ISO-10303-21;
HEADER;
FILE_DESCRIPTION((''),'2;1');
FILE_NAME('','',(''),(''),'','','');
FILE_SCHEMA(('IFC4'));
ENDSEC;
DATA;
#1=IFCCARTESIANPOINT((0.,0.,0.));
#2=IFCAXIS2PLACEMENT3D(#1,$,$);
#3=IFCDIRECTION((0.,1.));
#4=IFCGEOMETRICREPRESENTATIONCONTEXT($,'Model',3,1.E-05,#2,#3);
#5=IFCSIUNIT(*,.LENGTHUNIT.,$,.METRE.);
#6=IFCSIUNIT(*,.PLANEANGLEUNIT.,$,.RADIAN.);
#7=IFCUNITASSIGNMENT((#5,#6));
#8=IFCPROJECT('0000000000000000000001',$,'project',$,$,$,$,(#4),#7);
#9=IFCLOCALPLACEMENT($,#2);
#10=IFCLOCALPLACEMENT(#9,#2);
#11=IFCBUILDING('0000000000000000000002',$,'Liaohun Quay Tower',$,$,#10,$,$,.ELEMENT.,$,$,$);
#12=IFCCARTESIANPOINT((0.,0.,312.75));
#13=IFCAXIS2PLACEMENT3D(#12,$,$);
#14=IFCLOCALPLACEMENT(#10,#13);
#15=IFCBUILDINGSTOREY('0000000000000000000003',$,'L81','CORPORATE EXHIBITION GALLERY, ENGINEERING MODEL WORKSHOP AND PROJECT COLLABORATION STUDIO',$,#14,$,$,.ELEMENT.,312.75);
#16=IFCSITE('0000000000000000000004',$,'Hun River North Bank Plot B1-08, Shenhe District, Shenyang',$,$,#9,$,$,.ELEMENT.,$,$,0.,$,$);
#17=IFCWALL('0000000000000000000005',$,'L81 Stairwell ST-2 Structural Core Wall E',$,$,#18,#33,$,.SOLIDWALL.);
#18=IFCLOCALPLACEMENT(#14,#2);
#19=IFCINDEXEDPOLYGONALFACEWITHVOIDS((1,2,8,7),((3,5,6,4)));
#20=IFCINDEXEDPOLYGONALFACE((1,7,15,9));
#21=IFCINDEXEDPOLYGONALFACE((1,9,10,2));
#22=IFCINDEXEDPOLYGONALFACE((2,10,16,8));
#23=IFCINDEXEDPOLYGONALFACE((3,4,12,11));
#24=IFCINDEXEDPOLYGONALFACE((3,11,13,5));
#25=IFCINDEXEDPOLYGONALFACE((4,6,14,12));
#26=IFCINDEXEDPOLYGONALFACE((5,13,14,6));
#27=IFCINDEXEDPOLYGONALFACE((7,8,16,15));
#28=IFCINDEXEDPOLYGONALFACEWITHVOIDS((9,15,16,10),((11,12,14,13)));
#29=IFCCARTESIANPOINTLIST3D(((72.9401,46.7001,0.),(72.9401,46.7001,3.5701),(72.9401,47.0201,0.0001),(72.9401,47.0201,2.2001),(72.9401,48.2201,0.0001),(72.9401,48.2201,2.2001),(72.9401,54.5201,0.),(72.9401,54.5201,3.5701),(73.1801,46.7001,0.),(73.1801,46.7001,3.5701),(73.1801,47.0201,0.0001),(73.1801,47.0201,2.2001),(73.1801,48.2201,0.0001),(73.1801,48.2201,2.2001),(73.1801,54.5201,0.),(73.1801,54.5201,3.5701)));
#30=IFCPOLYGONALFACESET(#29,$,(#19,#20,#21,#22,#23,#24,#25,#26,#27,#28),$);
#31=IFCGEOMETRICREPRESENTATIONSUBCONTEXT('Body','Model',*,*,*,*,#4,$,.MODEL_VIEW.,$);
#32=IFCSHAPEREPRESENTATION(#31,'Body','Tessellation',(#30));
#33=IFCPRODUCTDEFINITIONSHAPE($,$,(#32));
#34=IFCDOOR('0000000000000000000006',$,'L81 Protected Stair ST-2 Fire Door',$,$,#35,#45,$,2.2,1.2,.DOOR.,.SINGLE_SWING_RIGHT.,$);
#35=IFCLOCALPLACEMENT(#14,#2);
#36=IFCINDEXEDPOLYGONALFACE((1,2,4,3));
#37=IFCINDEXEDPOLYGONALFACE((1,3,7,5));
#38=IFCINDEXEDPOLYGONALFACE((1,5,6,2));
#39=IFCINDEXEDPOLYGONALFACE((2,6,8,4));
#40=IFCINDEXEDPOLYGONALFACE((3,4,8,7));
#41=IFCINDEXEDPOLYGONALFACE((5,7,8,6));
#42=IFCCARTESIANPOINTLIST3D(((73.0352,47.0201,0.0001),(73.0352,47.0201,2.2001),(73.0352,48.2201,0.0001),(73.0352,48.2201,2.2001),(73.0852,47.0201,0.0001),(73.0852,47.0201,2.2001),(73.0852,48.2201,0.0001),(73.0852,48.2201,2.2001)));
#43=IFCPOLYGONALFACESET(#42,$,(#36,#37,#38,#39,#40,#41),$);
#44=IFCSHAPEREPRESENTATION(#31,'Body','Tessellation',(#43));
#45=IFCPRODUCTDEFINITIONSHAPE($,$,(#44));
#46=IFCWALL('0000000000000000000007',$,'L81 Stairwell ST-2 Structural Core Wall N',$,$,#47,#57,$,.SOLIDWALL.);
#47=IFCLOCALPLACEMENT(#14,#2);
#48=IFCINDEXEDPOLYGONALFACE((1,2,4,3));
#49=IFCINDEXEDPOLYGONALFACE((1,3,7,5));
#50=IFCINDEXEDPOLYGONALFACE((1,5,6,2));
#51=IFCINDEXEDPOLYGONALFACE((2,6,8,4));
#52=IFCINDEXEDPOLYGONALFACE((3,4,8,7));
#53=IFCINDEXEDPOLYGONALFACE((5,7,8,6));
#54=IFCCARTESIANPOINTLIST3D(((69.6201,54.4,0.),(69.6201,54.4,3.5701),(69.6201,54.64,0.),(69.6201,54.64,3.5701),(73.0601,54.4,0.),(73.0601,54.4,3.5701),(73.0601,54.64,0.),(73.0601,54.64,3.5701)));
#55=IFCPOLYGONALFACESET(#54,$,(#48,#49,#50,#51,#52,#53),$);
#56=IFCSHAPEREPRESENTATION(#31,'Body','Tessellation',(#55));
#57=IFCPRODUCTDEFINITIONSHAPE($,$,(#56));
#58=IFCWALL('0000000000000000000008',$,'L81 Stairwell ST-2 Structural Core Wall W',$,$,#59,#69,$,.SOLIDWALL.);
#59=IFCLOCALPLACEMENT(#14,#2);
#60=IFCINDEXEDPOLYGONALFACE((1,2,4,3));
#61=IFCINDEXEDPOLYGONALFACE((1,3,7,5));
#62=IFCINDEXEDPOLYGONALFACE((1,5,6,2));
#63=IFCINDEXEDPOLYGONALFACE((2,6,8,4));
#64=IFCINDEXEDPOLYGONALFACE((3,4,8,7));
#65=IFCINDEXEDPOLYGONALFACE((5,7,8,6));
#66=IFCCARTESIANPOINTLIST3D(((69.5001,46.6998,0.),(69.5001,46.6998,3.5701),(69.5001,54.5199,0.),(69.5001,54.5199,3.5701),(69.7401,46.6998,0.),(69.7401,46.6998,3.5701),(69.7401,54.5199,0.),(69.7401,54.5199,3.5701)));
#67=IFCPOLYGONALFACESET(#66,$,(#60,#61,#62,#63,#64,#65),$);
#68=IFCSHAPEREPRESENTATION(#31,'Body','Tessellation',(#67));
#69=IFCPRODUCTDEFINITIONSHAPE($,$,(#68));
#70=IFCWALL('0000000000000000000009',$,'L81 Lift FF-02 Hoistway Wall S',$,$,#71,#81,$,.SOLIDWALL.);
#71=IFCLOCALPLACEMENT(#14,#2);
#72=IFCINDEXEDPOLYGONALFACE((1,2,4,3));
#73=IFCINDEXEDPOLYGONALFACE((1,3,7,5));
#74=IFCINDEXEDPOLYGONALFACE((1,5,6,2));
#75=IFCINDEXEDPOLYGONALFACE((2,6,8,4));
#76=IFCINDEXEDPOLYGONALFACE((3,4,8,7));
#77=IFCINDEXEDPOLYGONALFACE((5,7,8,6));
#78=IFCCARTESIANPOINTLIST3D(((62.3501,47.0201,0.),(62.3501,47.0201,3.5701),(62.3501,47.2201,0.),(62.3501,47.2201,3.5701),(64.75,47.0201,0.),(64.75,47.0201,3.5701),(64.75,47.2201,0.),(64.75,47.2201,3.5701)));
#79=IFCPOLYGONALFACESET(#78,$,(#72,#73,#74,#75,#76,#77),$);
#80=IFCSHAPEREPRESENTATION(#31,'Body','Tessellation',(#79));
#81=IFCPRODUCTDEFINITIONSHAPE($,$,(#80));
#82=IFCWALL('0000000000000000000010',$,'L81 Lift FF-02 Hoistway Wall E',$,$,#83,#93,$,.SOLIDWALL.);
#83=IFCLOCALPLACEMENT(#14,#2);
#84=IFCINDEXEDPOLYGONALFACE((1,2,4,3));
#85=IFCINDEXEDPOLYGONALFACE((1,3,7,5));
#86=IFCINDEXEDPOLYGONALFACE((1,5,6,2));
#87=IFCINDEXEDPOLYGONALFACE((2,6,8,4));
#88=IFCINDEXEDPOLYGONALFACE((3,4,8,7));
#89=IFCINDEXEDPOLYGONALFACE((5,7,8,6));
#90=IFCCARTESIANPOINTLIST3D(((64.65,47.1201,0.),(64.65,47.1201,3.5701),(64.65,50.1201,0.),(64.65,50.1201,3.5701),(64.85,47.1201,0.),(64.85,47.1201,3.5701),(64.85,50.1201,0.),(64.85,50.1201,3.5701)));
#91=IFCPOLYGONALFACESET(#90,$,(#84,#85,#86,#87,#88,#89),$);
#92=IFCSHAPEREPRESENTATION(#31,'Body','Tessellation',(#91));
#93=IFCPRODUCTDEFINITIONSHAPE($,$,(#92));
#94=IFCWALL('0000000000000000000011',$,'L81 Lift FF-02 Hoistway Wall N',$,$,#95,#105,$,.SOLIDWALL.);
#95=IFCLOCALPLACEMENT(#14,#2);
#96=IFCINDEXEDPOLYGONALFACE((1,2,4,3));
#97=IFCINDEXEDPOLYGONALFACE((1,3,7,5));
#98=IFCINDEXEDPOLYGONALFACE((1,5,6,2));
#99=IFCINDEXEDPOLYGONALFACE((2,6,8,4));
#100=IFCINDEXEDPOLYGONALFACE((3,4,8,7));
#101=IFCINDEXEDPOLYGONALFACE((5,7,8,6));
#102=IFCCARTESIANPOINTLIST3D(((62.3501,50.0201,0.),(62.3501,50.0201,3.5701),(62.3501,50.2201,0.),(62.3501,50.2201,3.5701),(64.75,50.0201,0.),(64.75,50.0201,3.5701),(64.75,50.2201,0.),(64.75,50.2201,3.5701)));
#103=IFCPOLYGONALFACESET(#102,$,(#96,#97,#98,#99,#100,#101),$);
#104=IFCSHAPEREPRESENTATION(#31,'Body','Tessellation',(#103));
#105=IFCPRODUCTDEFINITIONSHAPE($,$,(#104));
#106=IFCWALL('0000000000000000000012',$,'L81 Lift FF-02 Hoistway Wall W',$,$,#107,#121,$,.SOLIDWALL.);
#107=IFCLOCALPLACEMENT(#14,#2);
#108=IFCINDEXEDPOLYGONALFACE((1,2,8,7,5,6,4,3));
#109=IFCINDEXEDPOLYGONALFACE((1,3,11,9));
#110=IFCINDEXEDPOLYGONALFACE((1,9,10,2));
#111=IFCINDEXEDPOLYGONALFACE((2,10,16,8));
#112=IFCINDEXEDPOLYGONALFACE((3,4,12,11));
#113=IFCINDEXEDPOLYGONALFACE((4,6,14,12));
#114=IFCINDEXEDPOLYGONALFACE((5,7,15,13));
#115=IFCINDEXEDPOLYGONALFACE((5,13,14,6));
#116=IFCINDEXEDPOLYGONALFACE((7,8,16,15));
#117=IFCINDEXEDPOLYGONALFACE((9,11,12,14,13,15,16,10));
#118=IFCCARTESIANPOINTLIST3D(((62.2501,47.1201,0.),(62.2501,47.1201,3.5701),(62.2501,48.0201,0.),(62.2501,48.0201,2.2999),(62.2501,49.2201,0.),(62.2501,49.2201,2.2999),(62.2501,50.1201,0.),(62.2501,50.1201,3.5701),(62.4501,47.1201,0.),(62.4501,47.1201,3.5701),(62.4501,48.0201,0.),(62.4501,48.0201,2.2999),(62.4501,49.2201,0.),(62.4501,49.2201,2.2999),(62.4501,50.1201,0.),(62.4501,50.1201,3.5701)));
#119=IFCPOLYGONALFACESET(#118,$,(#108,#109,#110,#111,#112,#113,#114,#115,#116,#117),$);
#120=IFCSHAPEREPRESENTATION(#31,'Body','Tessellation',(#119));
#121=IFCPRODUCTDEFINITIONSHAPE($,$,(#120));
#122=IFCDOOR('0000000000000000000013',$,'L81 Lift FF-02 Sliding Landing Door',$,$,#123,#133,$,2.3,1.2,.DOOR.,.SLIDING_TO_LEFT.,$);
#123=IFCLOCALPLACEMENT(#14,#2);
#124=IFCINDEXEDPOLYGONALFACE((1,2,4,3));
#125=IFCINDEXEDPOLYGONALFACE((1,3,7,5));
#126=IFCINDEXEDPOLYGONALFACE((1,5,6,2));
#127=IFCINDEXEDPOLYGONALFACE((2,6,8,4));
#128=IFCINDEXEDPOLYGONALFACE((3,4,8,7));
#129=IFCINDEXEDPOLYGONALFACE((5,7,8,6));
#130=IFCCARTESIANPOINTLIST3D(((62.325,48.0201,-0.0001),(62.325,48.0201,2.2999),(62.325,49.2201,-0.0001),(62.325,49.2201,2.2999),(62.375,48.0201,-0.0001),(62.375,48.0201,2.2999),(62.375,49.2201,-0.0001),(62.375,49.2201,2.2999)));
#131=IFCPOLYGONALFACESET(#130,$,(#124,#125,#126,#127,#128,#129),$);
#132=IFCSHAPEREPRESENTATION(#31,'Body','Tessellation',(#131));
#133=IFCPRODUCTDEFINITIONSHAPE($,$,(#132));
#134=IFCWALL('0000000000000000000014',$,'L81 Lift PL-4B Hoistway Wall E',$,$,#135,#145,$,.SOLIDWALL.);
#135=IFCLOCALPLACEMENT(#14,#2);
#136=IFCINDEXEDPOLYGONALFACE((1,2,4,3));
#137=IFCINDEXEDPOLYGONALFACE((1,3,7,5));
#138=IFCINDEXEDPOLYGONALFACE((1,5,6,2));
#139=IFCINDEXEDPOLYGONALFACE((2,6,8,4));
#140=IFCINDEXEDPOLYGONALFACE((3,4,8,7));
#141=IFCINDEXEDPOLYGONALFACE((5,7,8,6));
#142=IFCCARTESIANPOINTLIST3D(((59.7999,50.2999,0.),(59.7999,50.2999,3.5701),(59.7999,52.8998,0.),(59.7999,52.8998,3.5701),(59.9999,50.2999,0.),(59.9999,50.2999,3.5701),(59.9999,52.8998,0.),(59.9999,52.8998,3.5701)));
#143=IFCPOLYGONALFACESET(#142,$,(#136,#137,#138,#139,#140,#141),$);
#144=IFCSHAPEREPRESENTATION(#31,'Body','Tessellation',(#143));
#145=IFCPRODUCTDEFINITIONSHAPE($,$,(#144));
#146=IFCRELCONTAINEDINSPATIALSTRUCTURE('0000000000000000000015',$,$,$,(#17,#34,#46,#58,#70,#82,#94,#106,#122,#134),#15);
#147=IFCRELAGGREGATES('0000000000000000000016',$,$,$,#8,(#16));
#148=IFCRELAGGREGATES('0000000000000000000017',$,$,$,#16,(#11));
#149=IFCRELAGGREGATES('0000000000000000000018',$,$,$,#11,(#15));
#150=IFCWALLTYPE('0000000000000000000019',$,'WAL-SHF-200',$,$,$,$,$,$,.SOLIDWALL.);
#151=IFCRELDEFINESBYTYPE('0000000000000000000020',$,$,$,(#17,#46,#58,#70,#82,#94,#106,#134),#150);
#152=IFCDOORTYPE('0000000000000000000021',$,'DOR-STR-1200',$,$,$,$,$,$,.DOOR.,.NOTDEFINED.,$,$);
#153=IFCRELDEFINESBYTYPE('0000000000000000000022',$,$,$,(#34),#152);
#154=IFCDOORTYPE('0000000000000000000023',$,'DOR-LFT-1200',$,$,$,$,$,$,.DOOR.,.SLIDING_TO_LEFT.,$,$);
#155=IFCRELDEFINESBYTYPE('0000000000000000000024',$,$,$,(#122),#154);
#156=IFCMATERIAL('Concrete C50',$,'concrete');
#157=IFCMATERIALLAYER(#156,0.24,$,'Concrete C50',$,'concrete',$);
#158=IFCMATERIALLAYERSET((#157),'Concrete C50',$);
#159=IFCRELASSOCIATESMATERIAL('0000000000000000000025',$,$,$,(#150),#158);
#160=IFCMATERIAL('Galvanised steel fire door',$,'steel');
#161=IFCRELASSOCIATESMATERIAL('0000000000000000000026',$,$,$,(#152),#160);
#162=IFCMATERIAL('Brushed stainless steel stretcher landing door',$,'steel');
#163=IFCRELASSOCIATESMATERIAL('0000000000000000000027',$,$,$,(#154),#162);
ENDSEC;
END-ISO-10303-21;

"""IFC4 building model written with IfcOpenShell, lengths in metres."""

from ifc_helpers import new_model, si_unit, direction, frame, frame_2d, origin, place, context, subcontext, project, spatial, rectangle, extrude, source, transform, mapped, material, layer, layer_set, type_object, element, fill, save


model = new_model("IFC4")

# Units and contexts
model_context = context("Model", 3, precision=1e-05, world=origin(), true_north=direction((0.0, 1.0)))
body_context = subcontext(model_context, "Body", "Model", "MODEL_VIEW")
ifc_project = project(units=[si_unit("LENGTHUNIT", "METRE"), si_unit("PLANEANGLEUNIT", "RADIAN")], contexts=[model_context])

# Site, building, storey
site_placement = place(None, origin())
site = spatial("IfcSite", under=ifc_project, at=site_placement, Name="Hun River North Bank Plot B1-08, Shenhe District, Shenyang", CompositionType="ELEMENT", RefElevation=0.0)
building_placement = place(site_placement, origin())
building = spatial("IfcBuilding", under=site, at=building_placement, Name="Liaohun Quay Tower", CompositionType="ELEMENT")
storey_placement = place(building_placement, frame((0.0, 0.0, 312.75)))
storey = spatial("IfcBuildingStorey", under=building, at=storey_placement, Name="L81", Description="CORPORATE EXHIBITION GALLERY, ENGINEERING MODEL WORKSHOP AND PROJECT COLLABORATION STUDIO", CompositionType="ELEMENT", Elevation=312.75)

# Wall, opening, door
ifc_material_1 = material(Name="Concrete C50", Category="concrete")
ifc_layer_1 = layer(ifc_material_1, 0.24, Name="Concrete C50", Category="concrete")
ifc_layer_set_1 = layer_set([ifc_layer_1], Name="Concrete C50")
wall_type_1 = type_object("IfcWallType", Name="WAL-SHF-200", PredefinedType="SOLIDWALL", material=ifc_layer_set_1)
wall_1_placement = place(storey_placement, frame((73.0601, 46.7, 0.0), z_axis=(0.0, 0.0, 1.0), x_axis=(0.0, 1.0, 0.0)))
wall_1 = element("IfcWall", 1, at=wall_1_placement, inside=storey, type_object=wall_type_1, Name="L81 Stairwell ST-2 Structural Core Wall E", PredefinedType="SOLIDWALL", context=body_context, shape_type="SweptSolid", body=[
    extrude(rectangle(XDim=7.8201, YDim=0.24, at=frame_2d((3.9102, 0.0))), origin(), (0.0, 0.0, 1.0), 3.5701),
])
shared_shape_1 = source(origin(), body_context, "Body", "SweptSolid", [
    extrude(rectangle(XDim=1.2, YDim=2.2, at=frame_2d((0.6001, 1.1001))), frame((0.0, 0.1299, 0.0), z_axis=(0.0, -1.0, 0.0), x_axis=(1.0, 0.0, 0.0)), (0.0, 0.0, 1.0), 0.26),
])
opening_1_placement = place(wall_1_placement, frame((0.3201, 0.0, 0.0)))
opening_1 = element("IfcOpeningElement", 2, at=opening_1_placement, cuts=wall_1, PredefinedType="OPENING", context=body_context, shape_type="MappedRepresentation", body=[
    mapped(shared_shape_1, transform((0.0, 0.0, 0.0), x_axis=(1.0, 0.0, 0.0), y_axis=(0.0, 1.0, 0.0), z_axis=(0.0, 0.0, 1.0), scale=1.0)),
])
ifc_material_2 = material(Name="Galvanised steel fire door", Category="steel")
door_type_1 = type_object("IfcDoorType", Name="DOR-STR-1200", OperationType="NOTDEFINED", PredefinedType="DOOR", material=ifc_material_2)
shared_shape_2 = source(origin(), body_context, "Body", "SweptSolid", [
    extrude(rectangle(XDim=1.2, YDim=2.2, at=frame_2d((0.6001, 1.1001))), frame((0.0, 0.0249, 0.0), z_axis=(0.0, -1.0, 0.0), x_axis=(1.0, 0.0, 0.0)), (0.0, 0.0, 1.0), 0.05),
])
door_1_placement = place(opening_1_placement, origin())
door_1 = element("IfcDoor", 3, at=door_1_placement, inside=storey, type_object=door_type_1, Name="L81 Protected Stair ST-2 Fire Door", OperationType="SINGLE_SWING_RIGHT", OverallHeight=2.2, OverallWidth=1.2, PredefinedType="DOOR", context=body_context, shape_type="MappedRepresentation", body=[
    mapped(shared_shape_2, transform((0.0, 0.0, 0.0), x_axis=(1.0, 0.0, 0.0), y_axis=(0.0, 1.0, 0.0), z_axis=(0.0, 0.0, 1.0), scale=1.0)),
])
fill(opening_1, door_1)

# Walls
wall_2_placement = place(storey_placement, frame((73.0601, 54.52, 0.0), z_axis=(0.0, 0.0, 1.0), x_axis=(-1.0, 0.0, 0.0)))
element("IfcWall", 4, at=wall_2_placement, inside=storey, type_object=wall_type_1, Name="L81 Stairwell ST-2 Structural Core Wall N", PredefinedType="SOLIDWALL", context=body_context, shape_type="SweptSolid", body=[
    extrude(rectangle(XDim=3.4399, YDim=0.24, at=frame_2d((1.72, 0.0))), origin(), (0.0, 0.0, 1.0), 3.5701),
])
wall_3_placement = place(storey_placement, frame((69.6201, 54.52, 0.0), z_axis=(0.0, 0.0, 1.0), x_axis=(0.0, -1.0, 0.0)))
element("IfcWall", 5, at=wall_3_placement, inside=storey, type_object=wall_type_1, Name="L81 Stairwell ST-2 Structural Core Wall W", PredefinedType="SOLIDWALL", context=body_context, shape_type="SweptSolid", body=[
    extrude(rectangle(XDim=7.8201, YDim=0.24, at=frame_2d((3.9102, 0.0))), origin(), (0.0, 0.0, 1.0), 3.5701),
])
wall_4_placement = place(storey_placement, frame((62.3501, 47.1201, 0.0), z_axis=(0.0, 0.0, 1.0), x_axis=(1.0, 0.0, 0.0)))
element("IfcWall", 6, at=wall_4_placement, inside=storey, type_object=wall_type_1, Name="L81 Lift FF-02 Hoistway Wall S", PredefinedType="SOLIDWALL", context=body_context, shape_type="SweptSolid", body=[
    extrude(rectangle(XDim=2.3999, YDim=0.2, at=frame_2d((1.2, 0.0))), origin(), (0.0, 0.0, 1.0), 3.5701),
])
wall_5_placement = place(storey_placement, frame((64.75, 47.1201, 0.0), z_axis=(0.0, 0.0, 1.0), x_axis=(0.0, 1.0, 0.0)))
element("IfcWall", 7, at=wall_5_placement, inside=storey, type_object=wall_type_1, Name="L81 Lift FF-02 Hoistway Wall E", PredefinedType="SOLIDWALL", context=body_context, shape_type="SweptSolid", body=[
    extrude(rectangle(XDim=3.0, YDim=0.2, at=frame_2d((1.5, 0.0))), origin(), (0.0, 0.0, 1.0), 3.5701),
])
wall_6_placement = place(storey_placement, frame((64.75, 50.1201, 0.0), z_axis=(0.0, 0.0, 1.0), x_axis=(-1.0, 0.0, 0.0)))
element("IfcWall", 8, at=wall_6_placement, inside=storey, type_object=wall_type_1, Name="L81 Lift FF-02 Hoistway Wall N", PredefinedType="SOLIDWALL", context=body_context, shape_type="SweptSolid", body=[
    extrude(rectangle(XDim=2.3999, YDim=0.2, at=frame_2d((1.2, 0.0))), origin(), (0.0, 0.0, 1.0), 3.5701),
])

# Wall, opening, door
wall_7_placement = place(storey_placement, frame((62.3501, 50.1201, 0.0), z_axis=(0.0, 0.0, 1.0), x_axis=(0.0, -1.0, 0.0)))
wall_7 = element("IfcWall", 9, at=wall_7_placement, inside=storey, type_object=wall_type_1, Name="L81 Lift FF-02 Hoistway Wall W", PredefinedType="SOLIDWALL", context=body_context, shape_type="SweptSolid", body=[
    extrude(rectangle(XDim=3.0, YDim=0.2, at=frame_2d((1.5, 0.0))), origin(), (0.0, 0.0, 1.0), 3.5701),
])
shared_shape_3 = source(origin(), body_context, "Body", "SweptSolid", [
    extrude(rectangle(XDim=1.2, YDim=2.3, at=frame_2d((0.6001, 1.1499))), frame((0.0, 0.1099, 0.0), z_axis=(0.0, -1.0, 0.0), x_axis=(1.0, 0.0, 0.0)), (0.0, 0.0, 1.0), 0.22),
])
opening_2_placement = place(wall_7_placement, frame((0.8999, 0.0, 0.0)))
opening_2 = element("IfcOpeningElement", 10, at=opening_2_placement, cuts=wall_7, PredefinedType="OPENING", context=body_context, shape_type="MappedRepresentation", body=[
    mapped(shared_shape_3, transform((0.0, 0.0, 0.0), x_axis=(1.0, 0.0, 0.0), y_axis=(0.0, 1.0, 0.0), z_axis=(0.0, 0.0, 1.0), scale=1.0)),
])
ifc_material_3 = material(Name="Brushed stainless steel stretcher landing door", Category="steel")
door_type_2 = type_object("IfcDoorType", Name="DOR-LFT-1200", OperationType="SLIDING_TO_LEFT", PredefinedType="DOOR", material=ifc_material_3)
shared_shape_4 = source(origin(), body_context, "Body", "SweptSolid", [
    extrude(rectangle(XDim=1.2, YDim=2.3, at=frame_2d((0.6001, 1.1499))), frame((0.0, 0.0249, 0.0), z_axis=(0.0, -1.0, 0.0), x_axis=(1.0, 0.0, 0.0)), (0.0, 0.0, 1.0), 0.05),
])
door_2_placement = place(opening_2_placement, origin())
door_2 = element("IfcDoor", 11, at=door_2_placement, inside=storey, type_object=door_type_2, Name="L81 Lift FF-02 Sliding Landing Door", OperationType="SLIDING_TO_LEFT", OverallHeight=2.3, OverallWidth=1.2, PredefinedType="DOOR", context=body_context, shape_type="MappedRepresentation", body=[
    mapped(shared_shape_4, transform((0.0, 0.0, 0.0), x_axis=(1.0, 0.0, 0.0), y_axis=(0.0, 1.0, 0.0), z_axis=(0.0, 0.0, 1.0), scale=1.0)),
])
fill(opening_2, door_2)

# Wall
wall_8_placement = place(storey_placement, frame((59.8999, 50.3, 0.0), z_axis=(0.0, 0.0, 1.0), x_axis=(0.0, 1.0, 0.0)))
element("IfcWall", 12, at=wall_8_placement, inside=storey, type_object=wall_type_1, Name="L81 Lift PL-4B Hoistway Wall E", PredefinedType="SOLIDWALL", context=body_context, shape_type="SweptSolid", body=[
    extrude(rectangle(XDim=2.5999, YDim=0.2, at=frame_2d((1.2998, 0.0))), origin(), (0.0, 0.0, 1.0), 3.5701),
])

save(model, "model.ifc")
